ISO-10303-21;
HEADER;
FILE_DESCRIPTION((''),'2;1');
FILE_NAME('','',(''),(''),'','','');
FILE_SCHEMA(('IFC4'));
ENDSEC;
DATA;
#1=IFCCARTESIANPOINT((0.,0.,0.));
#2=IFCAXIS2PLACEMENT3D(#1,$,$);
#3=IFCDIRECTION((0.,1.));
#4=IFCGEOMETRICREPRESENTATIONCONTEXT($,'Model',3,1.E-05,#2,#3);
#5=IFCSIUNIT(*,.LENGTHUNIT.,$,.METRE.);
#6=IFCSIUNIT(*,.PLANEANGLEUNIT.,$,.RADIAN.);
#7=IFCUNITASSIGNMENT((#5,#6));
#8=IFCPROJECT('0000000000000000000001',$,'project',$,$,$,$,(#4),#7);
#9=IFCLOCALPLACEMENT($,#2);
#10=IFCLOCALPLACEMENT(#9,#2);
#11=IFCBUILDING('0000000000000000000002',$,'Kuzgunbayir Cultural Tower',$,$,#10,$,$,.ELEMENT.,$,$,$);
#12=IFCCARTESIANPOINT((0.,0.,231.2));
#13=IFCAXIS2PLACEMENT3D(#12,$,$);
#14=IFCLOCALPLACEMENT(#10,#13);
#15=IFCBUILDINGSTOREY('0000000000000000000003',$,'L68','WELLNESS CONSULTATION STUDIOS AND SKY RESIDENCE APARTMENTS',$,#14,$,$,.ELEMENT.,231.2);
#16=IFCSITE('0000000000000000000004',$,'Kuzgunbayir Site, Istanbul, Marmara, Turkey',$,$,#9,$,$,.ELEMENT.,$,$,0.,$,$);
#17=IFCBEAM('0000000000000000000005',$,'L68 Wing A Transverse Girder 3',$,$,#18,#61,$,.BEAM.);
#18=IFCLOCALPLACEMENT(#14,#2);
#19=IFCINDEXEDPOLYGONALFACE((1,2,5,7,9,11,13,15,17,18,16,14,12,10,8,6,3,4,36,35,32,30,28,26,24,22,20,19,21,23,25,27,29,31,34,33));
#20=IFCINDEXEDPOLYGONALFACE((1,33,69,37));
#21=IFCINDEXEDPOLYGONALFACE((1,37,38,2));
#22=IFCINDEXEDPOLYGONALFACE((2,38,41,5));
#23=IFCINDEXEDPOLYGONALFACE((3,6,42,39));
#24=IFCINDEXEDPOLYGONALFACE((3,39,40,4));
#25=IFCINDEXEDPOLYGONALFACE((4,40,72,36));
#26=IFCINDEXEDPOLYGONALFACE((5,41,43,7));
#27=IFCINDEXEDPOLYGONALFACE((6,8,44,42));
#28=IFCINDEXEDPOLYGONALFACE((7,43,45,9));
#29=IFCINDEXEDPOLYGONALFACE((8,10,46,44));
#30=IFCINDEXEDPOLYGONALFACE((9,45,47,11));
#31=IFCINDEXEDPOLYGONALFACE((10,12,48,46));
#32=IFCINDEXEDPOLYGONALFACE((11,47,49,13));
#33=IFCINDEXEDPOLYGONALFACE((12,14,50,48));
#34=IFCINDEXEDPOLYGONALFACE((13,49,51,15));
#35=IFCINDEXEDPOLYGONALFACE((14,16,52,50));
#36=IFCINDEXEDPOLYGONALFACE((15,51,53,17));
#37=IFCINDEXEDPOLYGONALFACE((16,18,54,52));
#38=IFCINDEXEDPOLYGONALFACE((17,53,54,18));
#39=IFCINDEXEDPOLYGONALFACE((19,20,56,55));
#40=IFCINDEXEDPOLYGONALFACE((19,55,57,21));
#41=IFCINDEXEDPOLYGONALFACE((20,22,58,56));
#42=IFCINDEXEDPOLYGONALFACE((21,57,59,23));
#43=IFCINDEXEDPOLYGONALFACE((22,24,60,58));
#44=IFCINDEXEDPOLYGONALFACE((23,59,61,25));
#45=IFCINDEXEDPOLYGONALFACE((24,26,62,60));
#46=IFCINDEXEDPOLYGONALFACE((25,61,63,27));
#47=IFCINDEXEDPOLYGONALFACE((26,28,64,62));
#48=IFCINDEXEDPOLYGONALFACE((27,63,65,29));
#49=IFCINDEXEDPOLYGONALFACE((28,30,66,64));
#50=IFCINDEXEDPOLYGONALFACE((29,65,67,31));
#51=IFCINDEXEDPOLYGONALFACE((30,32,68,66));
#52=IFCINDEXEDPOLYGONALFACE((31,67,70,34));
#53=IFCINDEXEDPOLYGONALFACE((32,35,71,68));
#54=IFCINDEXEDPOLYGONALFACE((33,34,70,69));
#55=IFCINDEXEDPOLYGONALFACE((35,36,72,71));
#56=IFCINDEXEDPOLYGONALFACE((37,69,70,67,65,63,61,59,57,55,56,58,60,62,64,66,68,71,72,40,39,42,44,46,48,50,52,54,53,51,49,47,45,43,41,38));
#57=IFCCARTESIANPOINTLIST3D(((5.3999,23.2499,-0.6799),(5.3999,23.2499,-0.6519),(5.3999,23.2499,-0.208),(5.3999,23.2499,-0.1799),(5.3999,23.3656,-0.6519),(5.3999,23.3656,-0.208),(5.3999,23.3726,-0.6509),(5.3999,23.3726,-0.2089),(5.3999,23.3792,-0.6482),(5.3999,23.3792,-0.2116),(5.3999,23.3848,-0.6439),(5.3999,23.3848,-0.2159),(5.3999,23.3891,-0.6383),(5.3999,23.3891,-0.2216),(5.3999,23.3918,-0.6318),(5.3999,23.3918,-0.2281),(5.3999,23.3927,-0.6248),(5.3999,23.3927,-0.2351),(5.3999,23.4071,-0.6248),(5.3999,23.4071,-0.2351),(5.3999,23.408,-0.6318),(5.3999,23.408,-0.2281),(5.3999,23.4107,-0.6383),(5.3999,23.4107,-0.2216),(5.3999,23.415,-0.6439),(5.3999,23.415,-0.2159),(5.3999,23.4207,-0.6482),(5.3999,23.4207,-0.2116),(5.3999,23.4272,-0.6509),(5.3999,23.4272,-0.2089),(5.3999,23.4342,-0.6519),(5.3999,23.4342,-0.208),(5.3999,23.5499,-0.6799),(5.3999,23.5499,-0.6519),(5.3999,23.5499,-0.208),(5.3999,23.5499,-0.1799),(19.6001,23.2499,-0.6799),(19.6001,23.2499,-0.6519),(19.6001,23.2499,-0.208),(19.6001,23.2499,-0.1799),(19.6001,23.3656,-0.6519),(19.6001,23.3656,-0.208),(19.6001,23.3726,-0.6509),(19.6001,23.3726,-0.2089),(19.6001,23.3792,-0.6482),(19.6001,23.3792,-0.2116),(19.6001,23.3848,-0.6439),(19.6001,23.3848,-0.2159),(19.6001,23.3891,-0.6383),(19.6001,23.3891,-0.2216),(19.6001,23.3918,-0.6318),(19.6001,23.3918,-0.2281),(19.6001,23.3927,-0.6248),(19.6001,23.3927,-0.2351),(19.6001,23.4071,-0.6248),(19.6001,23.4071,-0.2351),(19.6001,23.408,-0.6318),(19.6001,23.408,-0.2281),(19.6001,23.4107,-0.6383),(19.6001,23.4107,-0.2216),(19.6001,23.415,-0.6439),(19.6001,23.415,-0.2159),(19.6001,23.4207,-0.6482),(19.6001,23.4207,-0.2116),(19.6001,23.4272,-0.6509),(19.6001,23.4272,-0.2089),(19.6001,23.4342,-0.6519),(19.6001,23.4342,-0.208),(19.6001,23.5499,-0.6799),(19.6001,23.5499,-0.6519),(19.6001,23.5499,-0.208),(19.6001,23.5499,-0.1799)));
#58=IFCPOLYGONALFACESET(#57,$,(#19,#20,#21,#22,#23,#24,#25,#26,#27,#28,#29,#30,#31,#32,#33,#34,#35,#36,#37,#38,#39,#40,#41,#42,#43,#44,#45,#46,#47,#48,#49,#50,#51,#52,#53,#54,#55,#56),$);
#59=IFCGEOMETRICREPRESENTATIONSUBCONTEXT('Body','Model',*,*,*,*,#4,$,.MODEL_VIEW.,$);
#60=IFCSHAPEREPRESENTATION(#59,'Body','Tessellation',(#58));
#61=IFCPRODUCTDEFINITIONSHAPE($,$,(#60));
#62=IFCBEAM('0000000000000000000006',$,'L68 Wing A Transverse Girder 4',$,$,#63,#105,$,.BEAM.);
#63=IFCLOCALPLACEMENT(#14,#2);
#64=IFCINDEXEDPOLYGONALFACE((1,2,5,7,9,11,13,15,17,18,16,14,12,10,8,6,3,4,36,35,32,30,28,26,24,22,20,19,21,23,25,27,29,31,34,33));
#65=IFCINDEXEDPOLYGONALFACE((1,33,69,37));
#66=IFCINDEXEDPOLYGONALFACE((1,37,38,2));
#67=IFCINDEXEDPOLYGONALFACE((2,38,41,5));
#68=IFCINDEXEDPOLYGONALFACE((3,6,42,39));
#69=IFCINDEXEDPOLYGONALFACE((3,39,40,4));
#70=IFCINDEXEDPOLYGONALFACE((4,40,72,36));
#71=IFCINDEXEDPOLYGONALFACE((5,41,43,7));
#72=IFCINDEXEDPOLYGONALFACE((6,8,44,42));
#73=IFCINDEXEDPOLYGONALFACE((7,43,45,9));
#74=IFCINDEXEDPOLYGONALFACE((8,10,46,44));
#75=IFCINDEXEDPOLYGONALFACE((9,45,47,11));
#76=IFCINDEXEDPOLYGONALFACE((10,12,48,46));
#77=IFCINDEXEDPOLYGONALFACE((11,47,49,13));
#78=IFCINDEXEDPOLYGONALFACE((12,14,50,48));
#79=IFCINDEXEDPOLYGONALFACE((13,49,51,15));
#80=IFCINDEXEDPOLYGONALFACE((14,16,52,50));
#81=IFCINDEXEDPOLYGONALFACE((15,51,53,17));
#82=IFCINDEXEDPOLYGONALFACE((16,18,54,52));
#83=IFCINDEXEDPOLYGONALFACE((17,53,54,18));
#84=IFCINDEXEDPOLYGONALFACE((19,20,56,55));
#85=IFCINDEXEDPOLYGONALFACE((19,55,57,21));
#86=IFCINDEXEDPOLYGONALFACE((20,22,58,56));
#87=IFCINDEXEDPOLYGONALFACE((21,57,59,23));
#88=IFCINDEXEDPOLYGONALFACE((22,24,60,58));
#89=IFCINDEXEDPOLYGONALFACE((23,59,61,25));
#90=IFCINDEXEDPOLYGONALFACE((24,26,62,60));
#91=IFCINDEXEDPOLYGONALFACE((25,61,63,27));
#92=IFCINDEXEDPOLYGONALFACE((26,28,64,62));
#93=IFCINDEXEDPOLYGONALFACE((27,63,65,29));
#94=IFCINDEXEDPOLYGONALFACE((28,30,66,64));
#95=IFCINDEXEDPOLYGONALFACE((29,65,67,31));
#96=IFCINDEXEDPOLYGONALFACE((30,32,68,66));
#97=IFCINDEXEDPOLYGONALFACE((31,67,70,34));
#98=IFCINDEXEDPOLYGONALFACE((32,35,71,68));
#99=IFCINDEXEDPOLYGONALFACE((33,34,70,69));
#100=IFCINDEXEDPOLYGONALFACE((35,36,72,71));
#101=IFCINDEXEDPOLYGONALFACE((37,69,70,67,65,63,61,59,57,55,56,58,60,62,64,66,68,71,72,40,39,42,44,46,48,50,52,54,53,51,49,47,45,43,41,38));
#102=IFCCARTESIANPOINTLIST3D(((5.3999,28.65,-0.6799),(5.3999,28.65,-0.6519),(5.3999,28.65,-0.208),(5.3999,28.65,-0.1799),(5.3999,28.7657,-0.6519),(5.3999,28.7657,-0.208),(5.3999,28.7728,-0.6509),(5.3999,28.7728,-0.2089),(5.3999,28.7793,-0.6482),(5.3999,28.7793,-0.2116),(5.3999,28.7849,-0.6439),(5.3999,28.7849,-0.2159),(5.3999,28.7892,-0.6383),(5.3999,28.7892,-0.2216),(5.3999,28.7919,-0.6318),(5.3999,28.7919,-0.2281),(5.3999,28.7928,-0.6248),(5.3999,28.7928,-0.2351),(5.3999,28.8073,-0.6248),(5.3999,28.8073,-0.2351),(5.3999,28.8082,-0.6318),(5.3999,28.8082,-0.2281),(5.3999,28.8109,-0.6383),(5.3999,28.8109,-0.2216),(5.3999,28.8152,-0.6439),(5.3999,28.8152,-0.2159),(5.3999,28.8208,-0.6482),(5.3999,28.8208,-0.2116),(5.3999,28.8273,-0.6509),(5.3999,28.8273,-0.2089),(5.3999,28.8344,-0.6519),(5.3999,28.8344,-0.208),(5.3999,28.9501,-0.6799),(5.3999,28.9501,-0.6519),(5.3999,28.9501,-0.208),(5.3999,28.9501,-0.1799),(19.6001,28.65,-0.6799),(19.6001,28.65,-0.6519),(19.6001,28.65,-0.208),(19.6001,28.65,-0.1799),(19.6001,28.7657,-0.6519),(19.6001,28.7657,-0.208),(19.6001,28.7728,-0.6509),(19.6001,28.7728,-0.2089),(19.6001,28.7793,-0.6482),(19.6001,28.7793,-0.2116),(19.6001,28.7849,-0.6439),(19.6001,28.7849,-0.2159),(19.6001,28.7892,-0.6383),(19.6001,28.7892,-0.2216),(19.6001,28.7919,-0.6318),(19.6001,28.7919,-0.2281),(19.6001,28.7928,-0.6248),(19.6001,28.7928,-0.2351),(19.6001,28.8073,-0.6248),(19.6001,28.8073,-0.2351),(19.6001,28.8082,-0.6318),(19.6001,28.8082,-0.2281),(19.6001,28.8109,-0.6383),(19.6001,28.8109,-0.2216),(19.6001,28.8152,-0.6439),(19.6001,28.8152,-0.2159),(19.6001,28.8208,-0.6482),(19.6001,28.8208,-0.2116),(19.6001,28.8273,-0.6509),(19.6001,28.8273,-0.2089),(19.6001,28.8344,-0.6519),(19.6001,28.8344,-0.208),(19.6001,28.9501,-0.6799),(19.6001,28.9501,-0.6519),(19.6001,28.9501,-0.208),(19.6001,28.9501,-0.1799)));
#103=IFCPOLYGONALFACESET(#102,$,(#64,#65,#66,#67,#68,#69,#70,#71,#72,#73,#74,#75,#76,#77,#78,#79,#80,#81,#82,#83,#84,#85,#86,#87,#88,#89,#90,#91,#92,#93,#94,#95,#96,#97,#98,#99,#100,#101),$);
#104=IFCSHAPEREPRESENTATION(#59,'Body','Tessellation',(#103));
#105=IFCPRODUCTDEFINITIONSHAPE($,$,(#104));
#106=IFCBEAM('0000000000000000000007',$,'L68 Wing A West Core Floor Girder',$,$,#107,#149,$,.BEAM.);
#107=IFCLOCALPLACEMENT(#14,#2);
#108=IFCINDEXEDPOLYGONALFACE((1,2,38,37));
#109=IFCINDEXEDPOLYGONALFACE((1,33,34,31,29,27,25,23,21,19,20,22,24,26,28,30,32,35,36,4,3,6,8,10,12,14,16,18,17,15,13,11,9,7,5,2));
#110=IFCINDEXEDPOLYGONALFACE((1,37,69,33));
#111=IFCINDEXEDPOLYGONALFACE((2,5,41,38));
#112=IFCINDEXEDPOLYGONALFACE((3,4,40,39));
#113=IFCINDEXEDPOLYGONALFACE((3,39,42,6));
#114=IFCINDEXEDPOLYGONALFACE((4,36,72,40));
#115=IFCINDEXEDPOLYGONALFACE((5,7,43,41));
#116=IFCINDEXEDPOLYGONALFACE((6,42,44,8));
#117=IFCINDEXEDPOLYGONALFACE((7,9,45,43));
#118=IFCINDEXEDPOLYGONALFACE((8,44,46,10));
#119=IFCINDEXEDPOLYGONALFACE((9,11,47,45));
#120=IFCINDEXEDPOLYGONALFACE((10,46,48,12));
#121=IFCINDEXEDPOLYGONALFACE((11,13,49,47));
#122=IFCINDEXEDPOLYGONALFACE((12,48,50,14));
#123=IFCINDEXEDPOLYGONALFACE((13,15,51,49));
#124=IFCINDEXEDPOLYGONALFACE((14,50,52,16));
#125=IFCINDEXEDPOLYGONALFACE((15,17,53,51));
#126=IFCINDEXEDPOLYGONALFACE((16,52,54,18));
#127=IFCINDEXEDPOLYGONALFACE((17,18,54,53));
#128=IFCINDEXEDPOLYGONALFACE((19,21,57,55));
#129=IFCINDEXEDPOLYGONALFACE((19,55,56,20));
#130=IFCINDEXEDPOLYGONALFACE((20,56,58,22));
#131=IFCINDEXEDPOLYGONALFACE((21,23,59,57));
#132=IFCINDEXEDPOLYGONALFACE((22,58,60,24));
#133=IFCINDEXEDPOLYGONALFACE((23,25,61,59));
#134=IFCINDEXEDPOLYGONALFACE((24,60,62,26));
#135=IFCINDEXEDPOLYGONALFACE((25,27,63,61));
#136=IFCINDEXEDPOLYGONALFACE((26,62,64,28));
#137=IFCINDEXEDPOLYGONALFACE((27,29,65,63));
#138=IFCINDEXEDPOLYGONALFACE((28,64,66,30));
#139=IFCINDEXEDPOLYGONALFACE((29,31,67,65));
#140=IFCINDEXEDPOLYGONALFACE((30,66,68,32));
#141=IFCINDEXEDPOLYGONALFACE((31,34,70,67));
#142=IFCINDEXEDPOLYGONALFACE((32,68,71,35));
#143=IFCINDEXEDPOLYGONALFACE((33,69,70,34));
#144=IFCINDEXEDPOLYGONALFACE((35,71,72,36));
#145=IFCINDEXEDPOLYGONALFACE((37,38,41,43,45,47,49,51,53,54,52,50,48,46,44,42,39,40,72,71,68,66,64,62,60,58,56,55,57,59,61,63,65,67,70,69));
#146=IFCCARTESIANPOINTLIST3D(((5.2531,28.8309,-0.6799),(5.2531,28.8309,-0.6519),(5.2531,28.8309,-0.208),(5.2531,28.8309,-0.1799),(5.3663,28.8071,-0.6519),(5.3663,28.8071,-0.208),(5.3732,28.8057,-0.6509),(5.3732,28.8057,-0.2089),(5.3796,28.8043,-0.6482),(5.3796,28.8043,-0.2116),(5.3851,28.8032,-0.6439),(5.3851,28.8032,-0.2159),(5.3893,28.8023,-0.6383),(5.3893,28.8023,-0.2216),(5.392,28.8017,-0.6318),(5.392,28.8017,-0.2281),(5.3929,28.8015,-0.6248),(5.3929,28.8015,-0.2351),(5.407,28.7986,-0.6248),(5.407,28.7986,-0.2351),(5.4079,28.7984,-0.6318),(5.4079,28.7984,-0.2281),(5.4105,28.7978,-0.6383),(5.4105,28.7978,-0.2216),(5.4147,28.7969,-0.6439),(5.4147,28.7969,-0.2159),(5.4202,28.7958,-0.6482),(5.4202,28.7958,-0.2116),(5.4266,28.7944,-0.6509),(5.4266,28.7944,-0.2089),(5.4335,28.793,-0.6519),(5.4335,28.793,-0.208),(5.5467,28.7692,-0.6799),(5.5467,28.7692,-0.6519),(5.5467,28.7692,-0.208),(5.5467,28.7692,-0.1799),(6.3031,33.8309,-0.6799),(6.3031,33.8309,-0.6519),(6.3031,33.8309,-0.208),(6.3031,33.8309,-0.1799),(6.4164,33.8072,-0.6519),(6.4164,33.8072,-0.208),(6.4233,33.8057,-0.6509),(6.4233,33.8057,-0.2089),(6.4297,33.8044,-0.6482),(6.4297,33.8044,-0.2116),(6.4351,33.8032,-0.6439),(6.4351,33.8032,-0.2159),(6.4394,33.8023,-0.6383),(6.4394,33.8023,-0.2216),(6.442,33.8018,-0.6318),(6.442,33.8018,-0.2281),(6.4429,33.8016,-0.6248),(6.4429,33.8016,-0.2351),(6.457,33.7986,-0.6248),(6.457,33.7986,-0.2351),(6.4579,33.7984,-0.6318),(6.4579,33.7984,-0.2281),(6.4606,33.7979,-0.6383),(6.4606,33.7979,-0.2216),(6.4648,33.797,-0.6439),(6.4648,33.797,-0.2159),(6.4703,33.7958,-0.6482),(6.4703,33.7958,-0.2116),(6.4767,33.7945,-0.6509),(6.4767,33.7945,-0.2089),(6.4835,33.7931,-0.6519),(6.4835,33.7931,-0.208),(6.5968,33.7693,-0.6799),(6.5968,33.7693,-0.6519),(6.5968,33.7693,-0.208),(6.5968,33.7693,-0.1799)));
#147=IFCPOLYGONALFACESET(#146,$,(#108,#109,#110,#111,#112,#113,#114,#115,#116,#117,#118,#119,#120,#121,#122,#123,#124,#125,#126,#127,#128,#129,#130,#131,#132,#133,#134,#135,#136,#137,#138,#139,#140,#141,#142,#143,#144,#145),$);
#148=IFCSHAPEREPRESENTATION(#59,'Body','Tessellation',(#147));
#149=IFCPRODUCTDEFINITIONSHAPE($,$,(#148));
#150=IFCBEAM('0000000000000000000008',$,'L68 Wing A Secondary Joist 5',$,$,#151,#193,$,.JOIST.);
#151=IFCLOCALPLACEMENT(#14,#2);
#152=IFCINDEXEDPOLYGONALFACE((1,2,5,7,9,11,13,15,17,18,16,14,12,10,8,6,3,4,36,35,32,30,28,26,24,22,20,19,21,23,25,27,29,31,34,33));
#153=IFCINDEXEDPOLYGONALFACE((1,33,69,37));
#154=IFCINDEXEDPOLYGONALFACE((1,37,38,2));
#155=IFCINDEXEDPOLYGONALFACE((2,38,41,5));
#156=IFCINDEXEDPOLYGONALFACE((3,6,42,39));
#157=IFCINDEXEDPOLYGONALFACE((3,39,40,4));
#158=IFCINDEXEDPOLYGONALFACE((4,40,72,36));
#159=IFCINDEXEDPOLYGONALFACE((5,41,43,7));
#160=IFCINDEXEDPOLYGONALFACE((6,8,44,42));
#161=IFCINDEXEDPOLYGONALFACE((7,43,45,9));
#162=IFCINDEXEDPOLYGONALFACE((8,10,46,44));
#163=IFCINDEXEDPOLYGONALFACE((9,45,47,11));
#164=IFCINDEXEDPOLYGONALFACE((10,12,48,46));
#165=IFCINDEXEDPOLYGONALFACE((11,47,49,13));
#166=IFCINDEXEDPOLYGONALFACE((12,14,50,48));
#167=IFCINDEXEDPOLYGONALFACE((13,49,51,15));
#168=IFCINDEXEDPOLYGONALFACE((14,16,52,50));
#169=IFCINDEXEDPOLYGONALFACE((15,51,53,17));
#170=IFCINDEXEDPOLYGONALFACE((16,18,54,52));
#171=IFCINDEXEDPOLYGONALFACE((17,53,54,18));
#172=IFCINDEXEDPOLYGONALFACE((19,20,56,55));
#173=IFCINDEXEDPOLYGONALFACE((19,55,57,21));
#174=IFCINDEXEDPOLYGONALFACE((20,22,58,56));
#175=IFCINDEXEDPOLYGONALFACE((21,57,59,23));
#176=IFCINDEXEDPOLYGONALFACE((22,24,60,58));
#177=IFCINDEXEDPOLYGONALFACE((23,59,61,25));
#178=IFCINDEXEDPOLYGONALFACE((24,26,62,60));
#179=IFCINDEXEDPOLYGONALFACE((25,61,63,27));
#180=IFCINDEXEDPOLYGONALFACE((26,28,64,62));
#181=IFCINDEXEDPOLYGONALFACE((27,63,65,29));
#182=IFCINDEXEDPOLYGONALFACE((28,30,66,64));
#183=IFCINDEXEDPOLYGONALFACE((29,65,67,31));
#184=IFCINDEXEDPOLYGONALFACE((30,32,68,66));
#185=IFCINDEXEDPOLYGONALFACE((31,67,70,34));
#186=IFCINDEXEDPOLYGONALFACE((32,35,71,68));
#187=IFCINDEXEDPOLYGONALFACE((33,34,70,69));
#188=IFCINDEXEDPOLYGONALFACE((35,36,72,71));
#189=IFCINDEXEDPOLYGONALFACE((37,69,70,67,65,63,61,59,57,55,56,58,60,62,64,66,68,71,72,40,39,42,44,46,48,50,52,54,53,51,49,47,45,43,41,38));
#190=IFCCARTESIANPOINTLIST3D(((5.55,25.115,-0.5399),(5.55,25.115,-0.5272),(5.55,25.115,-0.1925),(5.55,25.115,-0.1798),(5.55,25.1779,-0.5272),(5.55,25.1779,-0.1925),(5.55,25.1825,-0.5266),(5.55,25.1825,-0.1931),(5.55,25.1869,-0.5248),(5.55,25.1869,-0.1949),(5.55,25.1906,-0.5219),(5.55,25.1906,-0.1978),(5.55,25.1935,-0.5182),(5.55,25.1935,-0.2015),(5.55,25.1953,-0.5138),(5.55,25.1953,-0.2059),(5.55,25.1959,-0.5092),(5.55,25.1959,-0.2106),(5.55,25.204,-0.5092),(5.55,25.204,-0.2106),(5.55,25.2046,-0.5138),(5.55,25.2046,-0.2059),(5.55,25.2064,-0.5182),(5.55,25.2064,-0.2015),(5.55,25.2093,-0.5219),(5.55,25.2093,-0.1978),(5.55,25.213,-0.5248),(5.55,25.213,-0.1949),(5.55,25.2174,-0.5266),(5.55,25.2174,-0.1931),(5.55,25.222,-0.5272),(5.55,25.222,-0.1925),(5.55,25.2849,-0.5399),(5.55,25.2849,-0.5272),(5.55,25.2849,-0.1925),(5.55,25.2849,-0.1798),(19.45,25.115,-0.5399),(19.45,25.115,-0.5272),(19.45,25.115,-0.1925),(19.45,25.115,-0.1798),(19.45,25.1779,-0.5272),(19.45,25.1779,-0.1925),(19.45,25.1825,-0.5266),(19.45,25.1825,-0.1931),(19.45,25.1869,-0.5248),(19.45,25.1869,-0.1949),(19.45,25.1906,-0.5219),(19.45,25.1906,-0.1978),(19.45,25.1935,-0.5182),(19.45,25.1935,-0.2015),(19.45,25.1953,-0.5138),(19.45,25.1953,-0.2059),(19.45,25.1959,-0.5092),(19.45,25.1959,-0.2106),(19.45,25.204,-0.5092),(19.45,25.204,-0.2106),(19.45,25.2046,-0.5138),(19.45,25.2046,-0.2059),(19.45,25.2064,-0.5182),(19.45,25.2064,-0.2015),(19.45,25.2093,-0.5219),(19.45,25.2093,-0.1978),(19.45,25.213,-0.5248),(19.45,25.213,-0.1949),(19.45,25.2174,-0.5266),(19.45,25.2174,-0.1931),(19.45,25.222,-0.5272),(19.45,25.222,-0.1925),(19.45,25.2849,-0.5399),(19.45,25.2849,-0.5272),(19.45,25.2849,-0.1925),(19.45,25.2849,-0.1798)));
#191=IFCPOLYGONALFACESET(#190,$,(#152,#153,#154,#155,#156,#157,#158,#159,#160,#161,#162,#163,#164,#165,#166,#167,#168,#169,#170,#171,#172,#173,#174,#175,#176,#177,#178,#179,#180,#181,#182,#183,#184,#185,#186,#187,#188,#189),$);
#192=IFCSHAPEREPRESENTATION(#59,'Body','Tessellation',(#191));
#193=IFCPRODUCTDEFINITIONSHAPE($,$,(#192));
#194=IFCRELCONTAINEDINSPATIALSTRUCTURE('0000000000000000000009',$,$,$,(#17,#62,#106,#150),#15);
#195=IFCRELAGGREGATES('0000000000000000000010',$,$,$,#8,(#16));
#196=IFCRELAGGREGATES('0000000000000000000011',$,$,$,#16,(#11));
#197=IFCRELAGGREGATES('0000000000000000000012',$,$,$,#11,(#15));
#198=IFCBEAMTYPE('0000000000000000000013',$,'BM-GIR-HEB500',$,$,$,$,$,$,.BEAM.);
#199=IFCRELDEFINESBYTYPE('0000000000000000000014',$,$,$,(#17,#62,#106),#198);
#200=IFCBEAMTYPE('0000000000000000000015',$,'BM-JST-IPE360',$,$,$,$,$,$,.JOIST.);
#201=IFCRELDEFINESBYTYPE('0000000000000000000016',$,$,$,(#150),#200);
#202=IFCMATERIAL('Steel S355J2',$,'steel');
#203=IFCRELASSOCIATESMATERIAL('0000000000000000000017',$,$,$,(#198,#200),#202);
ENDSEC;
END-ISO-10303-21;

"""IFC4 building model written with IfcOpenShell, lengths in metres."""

from ifc_helpers import new_model, si_unit, direction, frame, origin, origin_2d, place, context, subcontext, project, spatial, i_section, extrude, material, material_profile, profile_set, type_object, element, save


model = new_model("IFC4")

# Units and contexts
model_context = context("Model", 3, precision=1e-05, world=origin(), true_north=direction((0.0, 1.0)))
body_context = subcontext(model_context, "Body", "Model", "MODEL_VIEW")
ifc_project = project(units=[si_unit("LENGTHUNIT", "METRE"), si_unit("PLANEANGLEUNIT", "RADIAN")], contexts=[model_context])

# Site, building, storey
site_placement = place(None, origin())
site = spatial("IfcSite", under=ifc_project, at=site_placement, Name="Kuzgunbayir Site, Istanbul, Marmara, Turkey", CompositionType="ELEMENT", RefElevation=0.0)
building_placement = place(site_placement, origin())
building = spatial("IfcBuilding", under=site, at=building_placement, Name="Kuzgunbayir Cultural Tower", CompositionType="ELEMENT")
storey_placement = place(building_placement, frame((0.0, 0.0, 231.2)))
storey = spatial("IfcBuildingStorey", under=building, at=storey_placement, Name="L68", Description="WELLNESS CONSULTATION STUDIOS AND SKY RESIDENCE APARTMENTS", CompositionType="ELEMENT", Elevation=231.2)

# Beams
ifc_material_1 = material(Name="Steel S355J2", Category="steel")
ifc_material_profile_1 = material_profile(ifc_material_1, i_section(OverallWidth=0.3, OverallDepth=0.5, WebThickness=0.0144, FlangeThickness=0.0281, FilletRadius=0.0271, at=origin_2d()), Name="HEB 500")
ifc_profile_set_1 = profile_set([ifc_material_profile_1], Name="Steel S355J2")
beam_type_1 = type_object("IfcBeamType", Name="BM-GIR-HEB500", PredefinedType="BEAM", material=ifc_profile_set_1)
for number, where, z_axis, x_axis, name in (
    (1, (5.3999, 23.3999, -0.4299), (1.0, 0.0, 0.0), (0.0, 1.0, 0.0), "L68 Wing A Transverse Girder 3"),
    (2, (5.3999, 28.8, -0.4299), (1.0, 0.0, 0.0), (0.0, 1.0, 0.0), "L68 Wing A Transverse Girder 4"),
):
    element("IfcBeam", number, at=place(storey_placement, frame(where, z_axis=z_axis, x_axis=x_axis)), inside=storey, type_object=beam_type_1, Name=name, PredefinedType="BEAM", context=body_context, shape_type="SweptSolid", body=[
        extrude(i_section(OverallWidth=0.3, OverallDepth=0.5, WebThickness=0.0144, FlangeThickness=0.0281, FilletRadius=0.0271, at=origin_2d()), origin(), (0.0, 0.0, 1.0), 14.2002),
    ])
beam_1_placement = place(storey_placement, frame((5.3999, 28.8, -0.4299), z_axis=(0.205526, 0.978652, 0.0), x_axis=(-0.978652, 0.205526, 0.0)))
element("IfcBeam", 3, at=beam_1_placement, inside=storey, type_object=beam_type_1, Name="L68 Wing A West Core Floor Girder", PredefinedType="BEAM", context=body_context, shape_type="SweptSolid", body=[
    extrude(i_section(OverallWidth=0.3, OverallDepth=0.5, WebThickness=0.0144, FlangeThickness=0.0281, FilletRadius=0.0271, at=origin_2d()), origin(), (0.0, 0.0, 1.0), 5.1091),
])
ifc_material_profile_2 = material_profile(ifc_material_1, i_section(OverallWidth=0.1699, OverallDepth=0.3601, WebThickness=0.0081, FlangeThickness=0.0127, FilletRadius=0.0181, at=origin_2d()), Name="IPE 360")
ifc_profile_set_2 = profile_set([ifc_material_profile_2], Name="Steel S355J2")
beam_type_2 = type_object("IfcBeamType", Name="BM-JST-IPE360", PredefinedType="JOIST", material=ifc_profile_set_2)
for number, where, z_axis, x_axis, name in (
    (4, (5.55, 25.2, -0.3599), (1.0, 0.0, 0.0), (0.0, 1.0, 0.0), "L68 Wing A Secondary Joist 5"),
):
    element("IfcBeam", number, at=place(storey_placement, frame(where, z_axis=z_axis, x_axis=x_axis)), inside=storey, type_object=beam_type_2, Name=name, PredefinedType="JOIST", context=body_context, shape_type="SweptSolid", body=[
        extrude(i_section(OverallWidth=0.1699, OverallDepth=0.3601, WebThickness=0.0081, FlangeThickness=0.0127, FilletRadius=0.0181, at=origin_2d()), origin(), (0.0, 0.0, 1.0), 13.8999),
    ])

save(model, "model.ifc")
